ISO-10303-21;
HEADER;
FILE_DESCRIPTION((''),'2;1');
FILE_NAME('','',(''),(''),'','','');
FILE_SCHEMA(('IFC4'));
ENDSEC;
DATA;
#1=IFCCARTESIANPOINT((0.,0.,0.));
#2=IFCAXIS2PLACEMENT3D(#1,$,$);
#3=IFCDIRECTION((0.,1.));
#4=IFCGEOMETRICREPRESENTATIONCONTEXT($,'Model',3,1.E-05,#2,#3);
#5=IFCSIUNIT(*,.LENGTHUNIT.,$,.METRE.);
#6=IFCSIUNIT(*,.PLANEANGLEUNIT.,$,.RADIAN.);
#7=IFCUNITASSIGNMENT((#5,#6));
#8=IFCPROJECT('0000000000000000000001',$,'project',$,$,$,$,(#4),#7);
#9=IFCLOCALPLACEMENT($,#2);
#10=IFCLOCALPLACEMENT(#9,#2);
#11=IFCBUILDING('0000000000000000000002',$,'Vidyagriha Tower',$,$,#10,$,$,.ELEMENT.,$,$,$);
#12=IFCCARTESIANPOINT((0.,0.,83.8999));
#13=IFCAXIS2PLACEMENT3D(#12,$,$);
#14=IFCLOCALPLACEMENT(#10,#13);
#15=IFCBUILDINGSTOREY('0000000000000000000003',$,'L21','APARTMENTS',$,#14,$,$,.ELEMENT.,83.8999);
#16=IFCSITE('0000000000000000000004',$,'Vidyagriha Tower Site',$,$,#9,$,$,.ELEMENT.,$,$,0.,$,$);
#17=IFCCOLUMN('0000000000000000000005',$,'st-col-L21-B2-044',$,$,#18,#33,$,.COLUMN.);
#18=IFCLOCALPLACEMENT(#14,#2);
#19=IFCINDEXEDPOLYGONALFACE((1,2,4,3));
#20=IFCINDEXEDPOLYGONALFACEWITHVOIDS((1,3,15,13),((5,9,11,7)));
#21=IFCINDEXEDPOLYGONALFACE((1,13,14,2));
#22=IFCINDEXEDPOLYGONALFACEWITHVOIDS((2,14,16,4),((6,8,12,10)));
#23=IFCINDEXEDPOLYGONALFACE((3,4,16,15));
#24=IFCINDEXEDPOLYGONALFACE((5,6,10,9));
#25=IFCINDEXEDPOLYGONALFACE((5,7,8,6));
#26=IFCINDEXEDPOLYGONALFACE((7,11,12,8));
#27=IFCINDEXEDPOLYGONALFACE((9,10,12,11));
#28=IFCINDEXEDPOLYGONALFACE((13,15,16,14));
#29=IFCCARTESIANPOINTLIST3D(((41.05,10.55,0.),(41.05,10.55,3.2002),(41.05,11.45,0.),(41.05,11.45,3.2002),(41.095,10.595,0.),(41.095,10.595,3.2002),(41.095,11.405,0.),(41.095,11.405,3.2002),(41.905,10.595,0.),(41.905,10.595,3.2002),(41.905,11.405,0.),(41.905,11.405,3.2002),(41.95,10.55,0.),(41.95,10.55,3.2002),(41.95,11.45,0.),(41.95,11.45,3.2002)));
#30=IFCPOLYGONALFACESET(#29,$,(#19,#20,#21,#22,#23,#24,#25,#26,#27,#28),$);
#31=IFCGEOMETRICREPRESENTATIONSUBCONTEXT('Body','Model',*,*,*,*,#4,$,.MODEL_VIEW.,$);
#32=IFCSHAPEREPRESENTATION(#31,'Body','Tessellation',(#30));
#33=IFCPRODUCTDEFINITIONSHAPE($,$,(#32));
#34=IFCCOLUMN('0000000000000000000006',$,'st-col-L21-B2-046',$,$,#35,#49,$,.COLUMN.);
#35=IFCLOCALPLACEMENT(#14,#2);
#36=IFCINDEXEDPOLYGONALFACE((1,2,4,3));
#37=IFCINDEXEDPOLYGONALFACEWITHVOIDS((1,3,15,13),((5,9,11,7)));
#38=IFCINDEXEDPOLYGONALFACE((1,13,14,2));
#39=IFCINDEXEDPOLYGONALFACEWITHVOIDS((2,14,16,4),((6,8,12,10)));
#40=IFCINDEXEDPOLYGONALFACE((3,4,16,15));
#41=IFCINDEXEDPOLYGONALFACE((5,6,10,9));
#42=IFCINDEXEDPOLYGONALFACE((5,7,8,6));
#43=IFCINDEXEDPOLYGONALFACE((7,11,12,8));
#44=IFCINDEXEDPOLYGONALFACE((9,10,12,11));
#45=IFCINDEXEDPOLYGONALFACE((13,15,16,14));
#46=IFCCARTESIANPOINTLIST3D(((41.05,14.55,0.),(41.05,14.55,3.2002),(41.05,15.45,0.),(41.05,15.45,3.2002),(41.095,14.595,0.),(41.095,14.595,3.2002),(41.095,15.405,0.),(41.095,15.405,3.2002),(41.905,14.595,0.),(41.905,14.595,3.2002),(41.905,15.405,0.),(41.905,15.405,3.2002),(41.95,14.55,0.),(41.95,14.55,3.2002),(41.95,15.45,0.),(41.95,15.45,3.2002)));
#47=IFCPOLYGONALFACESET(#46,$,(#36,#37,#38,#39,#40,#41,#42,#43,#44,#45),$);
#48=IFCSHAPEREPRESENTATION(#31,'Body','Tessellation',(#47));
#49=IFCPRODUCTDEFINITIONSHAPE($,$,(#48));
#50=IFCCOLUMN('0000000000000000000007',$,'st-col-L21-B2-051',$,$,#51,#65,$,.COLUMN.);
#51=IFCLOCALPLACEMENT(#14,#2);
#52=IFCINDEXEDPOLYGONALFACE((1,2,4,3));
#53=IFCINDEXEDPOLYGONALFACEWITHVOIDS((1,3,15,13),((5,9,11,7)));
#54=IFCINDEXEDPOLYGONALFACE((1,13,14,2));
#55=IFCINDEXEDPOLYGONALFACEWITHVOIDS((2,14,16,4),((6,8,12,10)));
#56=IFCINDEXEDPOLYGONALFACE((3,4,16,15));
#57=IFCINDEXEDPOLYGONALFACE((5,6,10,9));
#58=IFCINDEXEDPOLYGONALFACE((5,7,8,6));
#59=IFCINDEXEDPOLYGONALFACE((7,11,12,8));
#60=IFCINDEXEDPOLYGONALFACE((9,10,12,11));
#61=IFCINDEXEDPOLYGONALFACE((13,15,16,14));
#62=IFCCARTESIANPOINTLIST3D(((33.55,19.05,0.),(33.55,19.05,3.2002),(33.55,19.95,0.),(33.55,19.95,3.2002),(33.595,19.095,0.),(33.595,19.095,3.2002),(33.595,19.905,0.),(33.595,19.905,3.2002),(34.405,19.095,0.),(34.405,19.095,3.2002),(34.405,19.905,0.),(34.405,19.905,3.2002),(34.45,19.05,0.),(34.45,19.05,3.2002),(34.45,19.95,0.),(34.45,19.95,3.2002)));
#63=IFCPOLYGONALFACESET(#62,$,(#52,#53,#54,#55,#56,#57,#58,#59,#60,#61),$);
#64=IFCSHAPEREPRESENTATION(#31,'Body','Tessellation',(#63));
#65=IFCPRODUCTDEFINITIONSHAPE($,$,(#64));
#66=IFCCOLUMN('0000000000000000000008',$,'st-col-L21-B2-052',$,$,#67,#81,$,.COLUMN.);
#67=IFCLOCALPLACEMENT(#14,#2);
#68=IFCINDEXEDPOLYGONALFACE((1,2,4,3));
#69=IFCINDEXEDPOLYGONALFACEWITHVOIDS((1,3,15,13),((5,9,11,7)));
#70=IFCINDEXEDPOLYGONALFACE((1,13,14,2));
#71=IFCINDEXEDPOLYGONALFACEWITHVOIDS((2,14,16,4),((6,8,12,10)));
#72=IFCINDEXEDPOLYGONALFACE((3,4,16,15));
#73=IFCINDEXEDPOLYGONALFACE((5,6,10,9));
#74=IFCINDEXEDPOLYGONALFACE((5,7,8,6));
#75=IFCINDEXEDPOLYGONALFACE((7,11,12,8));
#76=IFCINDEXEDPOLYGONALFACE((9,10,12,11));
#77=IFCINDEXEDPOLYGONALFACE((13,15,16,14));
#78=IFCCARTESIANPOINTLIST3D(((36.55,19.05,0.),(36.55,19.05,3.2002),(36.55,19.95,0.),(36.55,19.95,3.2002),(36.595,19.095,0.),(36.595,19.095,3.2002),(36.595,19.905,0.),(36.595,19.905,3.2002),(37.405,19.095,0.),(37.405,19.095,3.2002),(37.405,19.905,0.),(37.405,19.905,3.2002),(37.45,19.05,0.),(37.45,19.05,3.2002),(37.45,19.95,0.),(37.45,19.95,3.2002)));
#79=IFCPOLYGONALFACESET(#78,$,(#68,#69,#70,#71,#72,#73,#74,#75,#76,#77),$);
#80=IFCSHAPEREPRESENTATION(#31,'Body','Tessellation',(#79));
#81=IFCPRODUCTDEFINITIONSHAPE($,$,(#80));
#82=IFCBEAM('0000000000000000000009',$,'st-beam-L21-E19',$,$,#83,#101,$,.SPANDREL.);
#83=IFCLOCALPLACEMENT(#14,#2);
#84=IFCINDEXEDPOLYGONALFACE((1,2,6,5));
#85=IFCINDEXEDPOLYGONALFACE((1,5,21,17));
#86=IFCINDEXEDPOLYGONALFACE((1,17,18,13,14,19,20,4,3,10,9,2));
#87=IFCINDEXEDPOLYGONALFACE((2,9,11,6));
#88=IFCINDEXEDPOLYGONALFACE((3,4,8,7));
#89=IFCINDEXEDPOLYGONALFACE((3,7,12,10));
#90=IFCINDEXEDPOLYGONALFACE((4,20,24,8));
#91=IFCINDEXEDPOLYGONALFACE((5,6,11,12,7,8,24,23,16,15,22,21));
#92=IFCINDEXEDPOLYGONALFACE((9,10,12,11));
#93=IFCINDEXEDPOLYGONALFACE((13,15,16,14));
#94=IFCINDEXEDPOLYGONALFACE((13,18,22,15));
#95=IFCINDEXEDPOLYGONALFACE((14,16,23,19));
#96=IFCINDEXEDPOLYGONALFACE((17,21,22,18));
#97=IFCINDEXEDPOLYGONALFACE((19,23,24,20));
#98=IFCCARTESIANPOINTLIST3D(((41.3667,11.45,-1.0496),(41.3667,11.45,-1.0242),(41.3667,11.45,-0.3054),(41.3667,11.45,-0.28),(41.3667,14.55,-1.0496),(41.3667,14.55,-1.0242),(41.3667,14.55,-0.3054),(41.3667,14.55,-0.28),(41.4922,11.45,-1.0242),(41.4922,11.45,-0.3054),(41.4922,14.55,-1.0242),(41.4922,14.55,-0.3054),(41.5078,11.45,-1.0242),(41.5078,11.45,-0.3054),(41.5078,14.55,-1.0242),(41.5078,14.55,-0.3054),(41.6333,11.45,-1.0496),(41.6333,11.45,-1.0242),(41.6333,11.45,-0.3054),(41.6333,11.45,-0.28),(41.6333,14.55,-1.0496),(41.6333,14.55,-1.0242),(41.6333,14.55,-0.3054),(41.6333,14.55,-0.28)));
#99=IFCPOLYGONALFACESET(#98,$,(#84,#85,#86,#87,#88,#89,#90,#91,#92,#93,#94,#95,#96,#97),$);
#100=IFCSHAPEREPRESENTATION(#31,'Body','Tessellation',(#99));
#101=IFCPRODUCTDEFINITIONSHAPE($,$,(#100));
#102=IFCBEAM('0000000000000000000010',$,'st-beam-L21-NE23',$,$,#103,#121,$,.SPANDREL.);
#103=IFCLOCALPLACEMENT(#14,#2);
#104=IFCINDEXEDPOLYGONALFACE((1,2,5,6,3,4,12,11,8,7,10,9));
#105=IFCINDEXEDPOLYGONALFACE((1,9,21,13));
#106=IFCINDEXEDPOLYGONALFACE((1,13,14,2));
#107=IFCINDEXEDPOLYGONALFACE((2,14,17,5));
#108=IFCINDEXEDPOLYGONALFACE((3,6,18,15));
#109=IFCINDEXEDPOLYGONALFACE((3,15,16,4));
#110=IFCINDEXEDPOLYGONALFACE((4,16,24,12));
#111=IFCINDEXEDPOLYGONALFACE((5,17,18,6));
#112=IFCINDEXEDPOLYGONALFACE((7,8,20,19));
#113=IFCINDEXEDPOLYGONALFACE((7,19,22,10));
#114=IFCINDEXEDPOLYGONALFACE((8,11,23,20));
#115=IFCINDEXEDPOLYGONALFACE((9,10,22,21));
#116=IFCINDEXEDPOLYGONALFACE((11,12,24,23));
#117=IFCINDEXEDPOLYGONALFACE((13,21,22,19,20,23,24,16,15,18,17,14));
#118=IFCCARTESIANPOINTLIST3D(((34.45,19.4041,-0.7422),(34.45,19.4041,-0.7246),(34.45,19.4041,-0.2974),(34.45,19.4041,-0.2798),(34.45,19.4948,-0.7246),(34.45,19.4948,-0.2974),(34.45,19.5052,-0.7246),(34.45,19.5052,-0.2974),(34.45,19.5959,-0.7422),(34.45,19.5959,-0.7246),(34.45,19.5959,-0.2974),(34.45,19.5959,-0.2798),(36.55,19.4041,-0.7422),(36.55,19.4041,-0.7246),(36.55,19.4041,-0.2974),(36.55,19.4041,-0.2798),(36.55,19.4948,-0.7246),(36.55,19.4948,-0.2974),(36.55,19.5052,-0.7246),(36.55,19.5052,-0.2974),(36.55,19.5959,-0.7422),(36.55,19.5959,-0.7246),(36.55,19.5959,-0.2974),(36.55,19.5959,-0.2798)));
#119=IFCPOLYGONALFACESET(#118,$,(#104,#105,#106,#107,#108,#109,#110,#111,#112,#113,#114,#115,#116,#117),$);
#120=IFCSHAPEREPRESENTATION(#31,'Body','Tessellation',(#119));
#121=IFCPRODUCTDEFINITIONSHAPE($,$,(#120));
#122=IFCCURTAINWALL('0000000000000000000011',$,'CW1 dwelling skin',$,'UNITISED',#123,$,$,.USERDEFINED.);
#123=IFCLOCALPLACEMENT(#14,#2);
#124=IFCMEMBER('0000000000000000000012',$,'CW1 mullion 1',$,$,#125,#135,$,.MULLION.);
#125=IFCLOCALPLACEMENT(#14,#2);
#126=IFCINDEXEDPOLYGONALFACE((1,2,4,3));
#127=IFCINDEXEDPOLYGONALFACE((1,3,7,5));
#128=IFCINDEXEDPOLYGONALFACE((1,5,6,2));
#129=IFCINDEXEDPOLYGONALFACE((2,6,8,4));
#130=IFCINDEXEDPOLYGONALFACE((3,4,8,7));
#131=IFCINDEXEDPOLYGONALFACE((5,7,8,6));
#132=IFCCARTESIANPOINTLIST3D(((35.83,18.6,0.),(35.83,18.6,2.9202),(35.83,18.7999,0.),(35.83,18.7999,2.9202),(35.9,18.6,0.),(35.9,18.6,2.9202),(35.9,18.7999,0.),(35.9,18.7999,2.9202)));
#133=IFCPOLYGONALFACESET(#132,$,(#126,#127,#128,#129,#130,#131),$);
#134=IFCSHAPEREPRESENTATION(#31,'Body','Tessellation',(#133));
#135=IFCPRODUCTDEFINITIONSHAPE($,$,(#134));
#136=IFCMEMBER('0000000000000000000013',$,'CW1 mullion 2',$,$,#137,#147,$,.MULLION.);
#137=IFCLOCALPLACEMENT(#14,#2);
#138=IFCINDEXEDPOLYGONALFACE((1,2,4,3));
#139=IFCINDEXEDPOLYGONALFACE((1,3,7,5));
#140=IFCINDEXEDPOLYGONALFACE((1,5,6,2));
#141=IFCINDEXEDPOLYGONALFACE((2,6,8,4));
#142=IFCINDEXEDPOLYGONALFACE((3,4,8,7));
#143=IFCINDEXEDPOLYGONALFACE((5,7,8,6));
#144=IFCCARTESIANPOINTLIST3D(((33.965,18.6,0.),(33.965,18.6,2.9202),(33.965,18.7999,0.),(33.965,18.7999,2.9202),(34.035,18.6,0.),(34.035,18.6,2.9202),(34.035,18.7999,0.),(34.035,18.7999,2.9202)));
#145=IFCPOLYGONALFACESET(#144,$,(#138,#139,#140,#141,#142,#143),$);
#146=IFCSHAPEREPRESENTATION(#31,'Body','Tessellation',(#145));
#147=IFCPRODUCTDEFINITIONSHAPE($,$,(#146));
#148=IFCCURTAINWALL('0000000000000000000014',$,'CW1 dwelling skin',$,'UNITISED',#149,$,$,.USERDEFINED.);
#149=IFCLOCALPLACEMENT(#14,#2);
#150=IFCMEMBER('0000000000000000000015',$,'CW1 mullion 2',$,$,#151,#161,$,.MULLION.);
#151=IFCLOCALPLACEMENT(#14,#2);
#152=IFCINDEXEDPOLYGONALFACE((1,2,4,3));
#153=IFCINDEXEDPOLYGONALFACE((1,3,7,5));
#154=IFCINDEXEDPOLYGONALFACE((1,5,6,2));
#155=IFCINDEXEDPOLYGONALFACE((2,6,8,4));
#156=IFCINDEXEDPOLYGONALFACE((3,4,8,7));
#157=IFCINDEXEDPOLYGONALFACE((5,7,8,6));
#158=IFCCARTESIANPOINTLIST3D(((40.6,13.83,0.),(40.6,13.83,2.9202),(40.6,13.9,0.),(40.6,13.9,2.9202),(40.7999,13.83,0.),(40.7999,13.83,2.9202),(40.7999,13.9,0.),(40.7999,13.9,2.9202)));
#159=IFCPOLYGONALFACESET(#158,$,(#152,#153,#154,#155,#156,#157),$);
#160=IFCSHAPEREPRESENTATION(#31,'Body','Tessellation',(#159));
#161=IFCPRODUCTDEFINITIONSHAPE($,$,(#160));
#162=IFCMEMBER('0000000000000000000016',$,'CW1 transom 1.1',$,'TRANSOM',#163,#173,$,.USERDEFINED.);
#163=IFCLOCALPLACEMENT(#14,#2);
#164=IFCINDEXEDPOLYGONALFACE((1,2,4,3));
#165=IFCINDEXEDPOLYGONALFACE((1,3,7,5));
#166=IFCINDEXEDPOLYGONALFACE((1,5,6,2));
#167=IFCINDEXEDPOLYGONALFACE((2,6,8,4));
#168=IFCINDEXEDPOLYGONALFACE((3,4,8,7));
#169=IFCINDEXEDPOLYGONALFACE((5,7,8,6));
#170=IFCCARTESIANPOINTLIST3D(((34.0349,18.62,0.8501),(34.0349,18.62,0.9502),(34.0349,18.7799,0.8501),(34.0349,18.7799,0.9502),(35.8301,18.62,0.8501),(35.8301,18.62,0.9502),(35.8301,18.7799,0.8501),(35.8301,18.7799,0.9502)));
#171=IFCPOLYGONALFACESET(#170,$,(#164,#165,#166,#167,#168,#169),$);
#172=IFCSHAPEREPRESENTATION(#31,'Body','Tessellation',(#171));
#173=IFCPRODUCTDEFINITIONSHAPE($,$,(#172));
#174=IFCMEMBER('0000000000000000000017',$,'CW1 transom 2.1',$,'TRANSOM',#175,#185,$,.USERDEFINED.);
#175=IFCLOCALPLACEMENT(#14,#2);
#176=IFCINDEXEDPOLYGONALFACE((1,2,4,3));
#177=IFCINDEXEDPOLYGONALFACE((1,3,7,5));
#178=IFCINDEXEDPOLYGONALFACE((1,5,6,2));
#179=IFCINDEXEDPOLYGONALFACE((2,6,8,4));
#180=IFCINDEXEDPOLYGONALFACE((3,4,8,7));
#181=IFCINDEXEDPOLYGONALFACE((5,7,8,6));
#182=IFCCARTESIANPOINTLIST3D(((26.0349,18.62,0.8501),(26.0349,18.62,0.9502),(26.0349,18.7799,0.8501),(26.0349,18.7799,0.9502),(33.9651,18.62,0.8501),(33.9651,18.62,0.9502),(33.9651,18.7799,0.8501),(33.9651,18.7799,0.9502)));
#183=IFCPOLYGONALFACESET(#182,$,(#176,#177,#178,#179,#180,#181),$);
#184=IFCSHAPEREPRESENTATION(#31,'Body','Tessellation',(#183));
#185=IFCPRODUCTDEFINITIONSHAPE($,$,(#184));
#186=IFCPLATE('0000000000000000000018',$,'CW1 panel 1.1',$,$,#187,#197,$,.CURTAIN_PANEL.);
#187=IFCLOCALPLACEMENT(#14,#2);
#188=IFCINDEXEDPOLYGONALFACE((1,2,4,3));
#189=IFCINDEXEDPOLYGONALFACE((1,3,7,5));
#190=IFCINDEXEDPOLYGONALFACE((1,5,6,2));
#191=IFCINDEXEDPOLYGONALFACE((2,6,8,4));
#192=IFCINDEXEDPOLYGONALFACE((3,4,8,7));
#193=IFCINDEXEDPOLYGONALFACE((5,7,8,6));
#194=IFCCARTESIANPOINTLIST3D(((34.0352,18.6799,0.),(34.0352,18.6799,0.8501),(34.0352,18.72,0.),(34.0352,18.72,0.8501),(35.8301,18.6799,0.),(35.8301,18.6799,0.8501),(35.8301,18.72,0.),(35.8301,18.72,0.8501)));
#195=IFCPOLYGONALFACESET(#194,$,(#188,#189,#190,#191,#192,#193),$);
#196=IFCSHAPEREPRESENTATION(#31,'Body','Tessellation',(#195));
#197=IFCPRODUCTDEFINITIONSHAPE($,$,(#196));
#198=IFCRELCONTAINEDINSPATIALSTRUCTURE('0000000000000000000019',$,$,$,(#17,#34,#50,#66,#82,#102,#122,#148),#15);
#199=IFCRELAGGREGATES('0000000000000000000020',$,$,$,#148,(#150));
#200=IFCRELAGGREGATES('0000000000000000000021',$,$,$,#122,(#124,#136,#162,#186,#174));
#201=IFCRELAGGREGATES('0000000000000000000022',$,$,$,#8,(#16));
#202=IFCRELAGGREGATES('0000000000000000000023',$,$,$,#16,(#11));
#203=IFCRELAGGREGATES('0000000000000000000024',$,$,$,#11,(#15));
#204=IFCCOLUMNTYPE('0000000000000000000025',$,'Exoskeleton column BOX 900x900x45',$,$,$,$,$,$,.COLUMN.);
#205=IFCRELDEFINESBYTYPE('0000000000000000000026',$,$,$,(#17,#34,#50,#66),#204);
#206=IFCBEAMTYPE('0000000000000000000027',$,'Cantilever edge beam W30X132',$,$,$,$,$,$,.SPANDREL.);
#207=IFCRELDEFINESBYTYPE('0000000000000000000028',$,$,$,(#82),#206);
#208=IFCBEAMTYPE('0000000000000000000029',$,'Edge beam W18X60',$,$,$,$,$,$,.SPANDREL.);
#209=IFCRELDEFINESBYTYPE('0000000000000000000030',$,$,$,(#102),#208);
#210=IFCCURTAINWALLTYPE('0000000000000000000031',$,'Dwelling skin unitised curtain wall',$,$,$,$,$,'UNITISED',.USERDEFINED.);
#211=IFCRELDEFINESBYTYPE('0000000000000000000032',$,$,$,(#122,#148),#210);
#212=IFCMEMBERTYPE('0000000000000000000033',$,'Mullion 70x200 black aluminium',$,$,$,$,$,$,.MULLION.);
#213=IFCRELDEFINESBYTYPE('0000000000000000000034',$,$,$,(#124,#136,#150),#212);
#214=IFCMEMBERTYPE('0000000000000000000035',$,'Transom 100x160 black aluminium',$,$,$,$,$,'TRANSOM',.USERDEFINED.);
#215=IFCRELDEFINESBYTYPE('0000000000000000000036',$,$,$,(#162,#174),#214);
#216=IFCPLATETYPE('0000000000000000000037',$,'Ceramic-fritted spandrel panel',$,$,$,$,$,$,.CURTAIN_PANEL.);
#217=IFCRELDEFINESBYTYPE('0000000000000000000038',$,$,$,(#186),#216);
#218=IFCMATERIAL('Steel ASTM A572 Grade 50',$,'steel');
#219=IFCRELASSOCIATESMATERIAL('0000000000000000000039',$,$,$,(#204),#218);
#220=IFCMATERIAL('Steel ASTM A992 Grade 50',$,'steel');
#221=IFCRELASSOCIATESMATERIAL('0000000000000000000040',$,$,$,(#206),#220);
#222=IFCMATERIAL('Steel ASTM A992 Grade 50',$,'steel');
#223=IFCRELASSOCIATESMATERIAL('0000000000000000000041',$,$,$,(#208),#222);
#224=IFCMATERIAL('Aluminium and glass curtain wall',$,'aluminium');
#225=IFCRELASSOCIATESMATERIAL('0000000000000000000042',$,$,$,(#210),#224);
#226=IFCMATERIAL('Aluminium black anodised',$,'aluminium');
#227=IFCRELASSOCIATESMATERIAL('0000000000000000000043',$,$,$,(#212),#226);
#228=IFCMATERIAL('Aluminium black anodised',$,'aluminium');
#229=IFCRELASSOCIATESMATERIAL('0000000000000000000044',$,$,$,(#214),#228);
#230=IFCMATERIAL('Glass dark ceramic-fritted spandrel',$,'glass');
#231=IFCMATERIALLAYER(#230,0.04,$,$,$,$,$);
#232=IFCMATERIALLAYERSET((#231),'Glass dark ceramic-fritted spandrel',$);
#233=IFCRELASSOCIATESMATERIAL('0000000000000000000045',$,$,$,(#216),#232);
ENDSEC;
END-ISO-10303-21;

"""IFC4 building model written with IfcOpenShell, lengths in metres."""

from ifc_helpers import new_model, si_unit, direction, frame, origin, origin_2d, place, context, subcontext, project, spatial, rectangle, hollow_rectangle, i_section, extrude, material, layer, layer_set, material_profile, profile_set, type_object, element, aggregate, save


model = new_model("IFC4")

# Units and contexts
model_context = context("Model", 3, precision=1e-05, world=origin(), true_north=direction((0.0, 1.0)))
body_context = subcontext(model_context, "Body", "Model", "MODEL_VIEW")
ifc_project = project(units=[si_unit("LENGTHUNIT", "METRE"), si_unit("PLANEANGLEUNIT", "RADIAN")], contexts=[model_context])

# Site, building, storey
site_placement = place(None, origin())
site = spatial("IfcSite", under=ifc_project, at=site_placement, Name="Vidyagriha Tower Site", CompositionType="ELEMENT", RefElevation=0.0)
building_placement = place(site_placement, origin())
building = spatial("IfcBuilding", under=site, at=building_placement, Name="Vidyagriha Tower", CompositionType="ELEMENT")
storey_placement = place(building_placement, frame((0.0, 0.0, 83.8999)))
storey = spatial("IfcBuildingStorey", under=building, at=storey_placement, Name="L21", Description="APARTMENTS", CompositionType="ELEMENT", Elevation=83.8999)

# Columns
ifc_material_1 = material(Name="Steel ASTM A572 Grade 50", Category="steel")
ifc_material_profile_1 = material_profile(ifc_material_1, hollow_rectangle(XDim=0.8999, YDim=0.8999, WallThickness=0.0449, at=origin_2d()), Name="BOX 900x900x45")
ifc_profile_set_1 = profile_set([ifc_material_profile_1], Name="Steel ASTM A572 Grade 50")
column_type = type_object("IfcColumnType", Name="Exoskeleton column BOX 900x900x45", PredefinedType="COLUMN", material=ifc_profile_set_1)
for number, where, name in (
    (1, (41.5, 11.0, 0.0), "st-col-L21-B2-044"),
    (2, (41.5, 15.0, 0.0), "st-col-L21-B2-046"),
    (3, (34.0, 19.5, 0.0), "st-col-L21-B2-051"),
    (4, (37.0, 19.5, 0.0), "st-col-L21-B2-052"),
):
    element("IfcColumn", number, at=place(storey_placement, frame(where)), inside=storey, type_object=column_type, Name=name, PredefinedType="COLUMN", context=body_context, shape_type="SweptSolid", body=[
        extrude(hollow_rectangle(XDim=0.8999, YDim=0.8999, WallThickness=0.0449, at=origin_2d()), origin(), (0.0, 0.0, 1.0), 3.2002),
    ])

# Beams
ifc_material_2 = material(Name="Steel ASTM A992 Grade 50", Category="steel")
ifc_material_profile_2 = material_profile(ifc_material_2, i_section(OverallWidth=0.2666, OverallDepth=0.7695, WebThickness=0.0156, FlangeThickness=0.0254, at=origin_2d()), Name="W30X132")
ifc_profile_set_2 = profile_set([ifc_material_profile_2], Name="Steel ASTM A992 Grade 50")
beam_type_1 = type_object("IfcBeamType", Name="Cantilever edge beam W30X132", PredefinedType="SPANDREL", material=ifc_profile_set_2)
beam_1_placement = place(storey_placement, frame((41.5, 11.45, -0.6648), z_axis=(0.0, 1.0, 0.0), x_axis=(-1.0, 0.0, 0.0)))
element("IfcBeam", 5, at=beam_1_placement, inside=storey, type_object=beam_type_1, Name="st-beam-L21-E19", PredefinedType="SPANDREL", context=body_context, shape_type="SweptSolid", body=[
    extrude(i_section(OverallWidth=0.2666, OverallDepth=0.7695, WebThickness=0.0156, FlangeThickness=0.0254, at=origin_2d()), origin(), (0.0, 0.0, 1.0), 3.1001),
])
ifc_material_3 = material(Name="Steel ASTM A992 Grade 50", Category="steel")
ifc_material_profile_3 = material_profile(ifc_material_3, i_section(OverallWidth=0.1919, OverallDepth=0.4624, WebThickness=0.0105, FlangeThickness=0.0176, at=origin_2d()), Name="W18X60")
ifc_profile_set_3 = profile_set([ifc_material_profile_3], Name="Steel ASTM A992 Grade 50")
beam_type_2 = type_object("IfcBeamType", Name="Edge beam W18X60", PredefinedType="SPANDREL", material=ifc_profile_set_3)
beam_2_placement = place(storey_placement, frame((34.45, 19.5, -0.511), z_axis=(1.0, 0.0, 0.0), x_axis=(0.0, 1.0, 0.0)))
element("IfcBeam", 6, at=beam_2_placement, inside=storey, type_object=beam_type_2, Name="st-beam-L21-NE23", PredefinedType="SPANDREL", context=body_context, shape_type="SweptSolid", body=[
    extrude(i_section(OverallWidth=0.1919, OverallDepth=0.4624, WebThickness=0.0105, FlangeThickness=0.0176, at=origin_2d()), origin(), (0.0, 0.0, 1.0), 2.1001),
])

# Curtain wall, members
ifc_material_4 = material(Name="Aluminium and glass curtain wall", Category="aluminium")
curtain_wall_type = type_object("IfcCurtainWallType", Name="Dwelling skin unitised curtain wall", ElementType="UNITISED", PredefinedType="USERDEFINED", material=ifc_material_4)
curtain_wall_1_placement = place(storey_placement, origin())
curtain_wall_1 = element("IfcCurtainWall", 7, at=curtain_wall_1_placement, inside=storey, type_object=curtain_wall_type, Name="CW1 dwelling skin", ObjectType="UNITISED", PredefinedType="USERDEFINED")
ifc_material_5 = material(Name="Aluminium black anodised", Category="aluminium")
ifc_material_profile_4 = material_profile(ifc_material_5, rectangle(XDim=0.2, YDim=0.0701, at=origin_2d()), Name="Mullion 70x200 black aluminium")
ifc_profile_set_4 = profile_set([ifc_material_profile_4], Name="Aluminium black anodised")
member_type_1 = type_object("IfcMemberType", Name="Mullion 70x200 black aluminium", PredefinedType="MULLION", material=ifc_profile_set_4)
member_1_placement = place(storey_placement, frame((35.865, 18.7, 0.0), z_axis=(0.0, 0.0, 1.0), x_axis=(0.0, -1.0, 0.0)))
member_1 = element("IfcMember", 8, at=member_1_placement, type_object=member_type_1, Name="CW1 mullion 1", PredefinedType="MULLION", context=body_context, shape_type="SweptSolid", body=[
    extrude(rectangle(XDim=0.2, YDim=0.0701, at=origin_2d()), origin(), (0.0, 0.0, 1.0), 2.9202),
])
member_2_placement = place(storey_placement, frame((34.0, 18.7, 0.0), z_axis=(0.0, 0.0, 1.0), x_axis=(0.0, -1.0, 0.0)))
member_2 = element("IfcMember", 9, at=member_2_placement, type_object=member_type_1, Name="CW1 mullion 2", PredefinedType="MULLION", context=body_context, shape_type="SweptSolid", body=[
    extrude(rectangle(XDim=0.2, YDim=0.0701, at=origin_2d()), origin(), (0.0, 0.0, 1.0), 2.9202),
])

# Curtain wall, member
curtain_wall_2_placement = place(storey_placement, origin())
curtain_wall_2 = element("IfcCurtainWall", 10, at=curtain_wall_2_placement, inside=storey, type_object=curtain_wall_type, Name="CW1 dwelling skin", ObjectType="UNITISED", PredefinedType="USERDEFINED")
member_3_placement = place(storey_placement, frame((40.7, 13.865, 0.0), z_axis=(0.0, 0.0, 1.0), x_axis=(-1.0, 0.0, 0.0)))
member_3 = element("IfcMember", 11, at=member_3_placement, type_object=member_type_1, Name="CW1 mullion 2", PredefinedType="MULLION", context=body_context, shape_type="SweptSolid", body=[
    extrude(rectangle(XDim=0.2, YDim=0.0701, at=origin_2d()), origin(), (0.0, 0.0, 1.0), 2.9202),
])

# Members
ifc_material_6 = material(Name="Aluminium black anodised", Category="aluminium")
ifc_material_profile_5 = material_profile(ifc_material_6, rectangle(XDim=0.1599, YDim=0.1001, at=origin_2d()), Name="Transom 100x160 black aluminium")
ifc_profile_set_5 = profile_set([ifc_material_profile_5], Name="Aluminium black anodised")
member_type_2 = type_object("IfcMemberType", Name="Transom 100x160 black aluminium", ElementType="TRANSOM", PredefinedType="USERDEFINED", material=ifc_profile_set_5)
member_4_placement = place(storey_placement, frame((35.8301, 18.7, 0.9001), z_axis=(-1.0, 0.0, 0.0), x_axis=(0.0, -1.0, 0.0)))
member_4 = element("IfcMember", 12, at=member_4_placement, type_object=member_type_2, Name="CW1 transom 1.1", ObjectType="TRANSOM", PredefinedType="USERDEFINED", context=body_context, shape_type="SweptSolid", body=[
    extrude(rectangle(XDim=0.1599, YDim=0.1001, at=origin_2d()), origin(), (0.0, 0.0, 1.0), 1.7952),
])
member_5_placement = place(storey_placement, frame((33.9651, 18.7, 0.9001), z_axis=(-1.0, 0.0, 0.0), x_axis=(0.0, -1.0, 0.0)))
member_5 = element("IfcMember", 13, at=member_5_placement, type_object=member_type_2, Name="CW1 transom 2.1", ObjectType="TRANSOM", PredefinedType="USERDEFINED", context=body_context, shape_type="SweptSolid", body=[
    extrude(rectangle(XDim=0.1599, YDim=0.1001, at=origin_2d()), origin(), (0.0, 0.0, 1.0), 7.9302),
])

# Plate
ifc_material_7 = material(Name="Glass dark ceramic-fritted spandrel", Category="glass")
ifc_layer_1 = layer(ifc_material_7, 0.04)
ifc_layer_set_1 = layer_set([ifc_layer_1], Name="Glass dark ceramic-fritted spandrel")
plate_type_1 = type_object("IfcPlateType", Name="Ceramic-fritted spandrel panel", PredefinedType="CURTAIN_PANEL", material=ifc_layer_set_1)
plate_1_placement = place(storey_placement, frame((34.9326, 18.7, 0.0), z_axis=(0.0, 0.0, 1.0), x_axis=(-1.0, 0.0, 0.0)))
plate_1 = element("IfcPlate", 14, at=plate_1_placement, type_object=plate_type_1, Name="CW1 panel 1.1", PredefinedType="CURTAIN_PANEL", context=body_context, shape_type="SweptSolid", body=[
    extrude(rectangle(XDim=1.7949, YDim=0.04, at=origin_2d()), origin(), (0.0, 0.0, 1.0), 0.8501),
])
aggregate(curtain_wall_2, [member_3])
aggregate(curtain_wall_1, [member_1, member_2, member_4, plate_1, member_5])

save(model, "model.ifc")
